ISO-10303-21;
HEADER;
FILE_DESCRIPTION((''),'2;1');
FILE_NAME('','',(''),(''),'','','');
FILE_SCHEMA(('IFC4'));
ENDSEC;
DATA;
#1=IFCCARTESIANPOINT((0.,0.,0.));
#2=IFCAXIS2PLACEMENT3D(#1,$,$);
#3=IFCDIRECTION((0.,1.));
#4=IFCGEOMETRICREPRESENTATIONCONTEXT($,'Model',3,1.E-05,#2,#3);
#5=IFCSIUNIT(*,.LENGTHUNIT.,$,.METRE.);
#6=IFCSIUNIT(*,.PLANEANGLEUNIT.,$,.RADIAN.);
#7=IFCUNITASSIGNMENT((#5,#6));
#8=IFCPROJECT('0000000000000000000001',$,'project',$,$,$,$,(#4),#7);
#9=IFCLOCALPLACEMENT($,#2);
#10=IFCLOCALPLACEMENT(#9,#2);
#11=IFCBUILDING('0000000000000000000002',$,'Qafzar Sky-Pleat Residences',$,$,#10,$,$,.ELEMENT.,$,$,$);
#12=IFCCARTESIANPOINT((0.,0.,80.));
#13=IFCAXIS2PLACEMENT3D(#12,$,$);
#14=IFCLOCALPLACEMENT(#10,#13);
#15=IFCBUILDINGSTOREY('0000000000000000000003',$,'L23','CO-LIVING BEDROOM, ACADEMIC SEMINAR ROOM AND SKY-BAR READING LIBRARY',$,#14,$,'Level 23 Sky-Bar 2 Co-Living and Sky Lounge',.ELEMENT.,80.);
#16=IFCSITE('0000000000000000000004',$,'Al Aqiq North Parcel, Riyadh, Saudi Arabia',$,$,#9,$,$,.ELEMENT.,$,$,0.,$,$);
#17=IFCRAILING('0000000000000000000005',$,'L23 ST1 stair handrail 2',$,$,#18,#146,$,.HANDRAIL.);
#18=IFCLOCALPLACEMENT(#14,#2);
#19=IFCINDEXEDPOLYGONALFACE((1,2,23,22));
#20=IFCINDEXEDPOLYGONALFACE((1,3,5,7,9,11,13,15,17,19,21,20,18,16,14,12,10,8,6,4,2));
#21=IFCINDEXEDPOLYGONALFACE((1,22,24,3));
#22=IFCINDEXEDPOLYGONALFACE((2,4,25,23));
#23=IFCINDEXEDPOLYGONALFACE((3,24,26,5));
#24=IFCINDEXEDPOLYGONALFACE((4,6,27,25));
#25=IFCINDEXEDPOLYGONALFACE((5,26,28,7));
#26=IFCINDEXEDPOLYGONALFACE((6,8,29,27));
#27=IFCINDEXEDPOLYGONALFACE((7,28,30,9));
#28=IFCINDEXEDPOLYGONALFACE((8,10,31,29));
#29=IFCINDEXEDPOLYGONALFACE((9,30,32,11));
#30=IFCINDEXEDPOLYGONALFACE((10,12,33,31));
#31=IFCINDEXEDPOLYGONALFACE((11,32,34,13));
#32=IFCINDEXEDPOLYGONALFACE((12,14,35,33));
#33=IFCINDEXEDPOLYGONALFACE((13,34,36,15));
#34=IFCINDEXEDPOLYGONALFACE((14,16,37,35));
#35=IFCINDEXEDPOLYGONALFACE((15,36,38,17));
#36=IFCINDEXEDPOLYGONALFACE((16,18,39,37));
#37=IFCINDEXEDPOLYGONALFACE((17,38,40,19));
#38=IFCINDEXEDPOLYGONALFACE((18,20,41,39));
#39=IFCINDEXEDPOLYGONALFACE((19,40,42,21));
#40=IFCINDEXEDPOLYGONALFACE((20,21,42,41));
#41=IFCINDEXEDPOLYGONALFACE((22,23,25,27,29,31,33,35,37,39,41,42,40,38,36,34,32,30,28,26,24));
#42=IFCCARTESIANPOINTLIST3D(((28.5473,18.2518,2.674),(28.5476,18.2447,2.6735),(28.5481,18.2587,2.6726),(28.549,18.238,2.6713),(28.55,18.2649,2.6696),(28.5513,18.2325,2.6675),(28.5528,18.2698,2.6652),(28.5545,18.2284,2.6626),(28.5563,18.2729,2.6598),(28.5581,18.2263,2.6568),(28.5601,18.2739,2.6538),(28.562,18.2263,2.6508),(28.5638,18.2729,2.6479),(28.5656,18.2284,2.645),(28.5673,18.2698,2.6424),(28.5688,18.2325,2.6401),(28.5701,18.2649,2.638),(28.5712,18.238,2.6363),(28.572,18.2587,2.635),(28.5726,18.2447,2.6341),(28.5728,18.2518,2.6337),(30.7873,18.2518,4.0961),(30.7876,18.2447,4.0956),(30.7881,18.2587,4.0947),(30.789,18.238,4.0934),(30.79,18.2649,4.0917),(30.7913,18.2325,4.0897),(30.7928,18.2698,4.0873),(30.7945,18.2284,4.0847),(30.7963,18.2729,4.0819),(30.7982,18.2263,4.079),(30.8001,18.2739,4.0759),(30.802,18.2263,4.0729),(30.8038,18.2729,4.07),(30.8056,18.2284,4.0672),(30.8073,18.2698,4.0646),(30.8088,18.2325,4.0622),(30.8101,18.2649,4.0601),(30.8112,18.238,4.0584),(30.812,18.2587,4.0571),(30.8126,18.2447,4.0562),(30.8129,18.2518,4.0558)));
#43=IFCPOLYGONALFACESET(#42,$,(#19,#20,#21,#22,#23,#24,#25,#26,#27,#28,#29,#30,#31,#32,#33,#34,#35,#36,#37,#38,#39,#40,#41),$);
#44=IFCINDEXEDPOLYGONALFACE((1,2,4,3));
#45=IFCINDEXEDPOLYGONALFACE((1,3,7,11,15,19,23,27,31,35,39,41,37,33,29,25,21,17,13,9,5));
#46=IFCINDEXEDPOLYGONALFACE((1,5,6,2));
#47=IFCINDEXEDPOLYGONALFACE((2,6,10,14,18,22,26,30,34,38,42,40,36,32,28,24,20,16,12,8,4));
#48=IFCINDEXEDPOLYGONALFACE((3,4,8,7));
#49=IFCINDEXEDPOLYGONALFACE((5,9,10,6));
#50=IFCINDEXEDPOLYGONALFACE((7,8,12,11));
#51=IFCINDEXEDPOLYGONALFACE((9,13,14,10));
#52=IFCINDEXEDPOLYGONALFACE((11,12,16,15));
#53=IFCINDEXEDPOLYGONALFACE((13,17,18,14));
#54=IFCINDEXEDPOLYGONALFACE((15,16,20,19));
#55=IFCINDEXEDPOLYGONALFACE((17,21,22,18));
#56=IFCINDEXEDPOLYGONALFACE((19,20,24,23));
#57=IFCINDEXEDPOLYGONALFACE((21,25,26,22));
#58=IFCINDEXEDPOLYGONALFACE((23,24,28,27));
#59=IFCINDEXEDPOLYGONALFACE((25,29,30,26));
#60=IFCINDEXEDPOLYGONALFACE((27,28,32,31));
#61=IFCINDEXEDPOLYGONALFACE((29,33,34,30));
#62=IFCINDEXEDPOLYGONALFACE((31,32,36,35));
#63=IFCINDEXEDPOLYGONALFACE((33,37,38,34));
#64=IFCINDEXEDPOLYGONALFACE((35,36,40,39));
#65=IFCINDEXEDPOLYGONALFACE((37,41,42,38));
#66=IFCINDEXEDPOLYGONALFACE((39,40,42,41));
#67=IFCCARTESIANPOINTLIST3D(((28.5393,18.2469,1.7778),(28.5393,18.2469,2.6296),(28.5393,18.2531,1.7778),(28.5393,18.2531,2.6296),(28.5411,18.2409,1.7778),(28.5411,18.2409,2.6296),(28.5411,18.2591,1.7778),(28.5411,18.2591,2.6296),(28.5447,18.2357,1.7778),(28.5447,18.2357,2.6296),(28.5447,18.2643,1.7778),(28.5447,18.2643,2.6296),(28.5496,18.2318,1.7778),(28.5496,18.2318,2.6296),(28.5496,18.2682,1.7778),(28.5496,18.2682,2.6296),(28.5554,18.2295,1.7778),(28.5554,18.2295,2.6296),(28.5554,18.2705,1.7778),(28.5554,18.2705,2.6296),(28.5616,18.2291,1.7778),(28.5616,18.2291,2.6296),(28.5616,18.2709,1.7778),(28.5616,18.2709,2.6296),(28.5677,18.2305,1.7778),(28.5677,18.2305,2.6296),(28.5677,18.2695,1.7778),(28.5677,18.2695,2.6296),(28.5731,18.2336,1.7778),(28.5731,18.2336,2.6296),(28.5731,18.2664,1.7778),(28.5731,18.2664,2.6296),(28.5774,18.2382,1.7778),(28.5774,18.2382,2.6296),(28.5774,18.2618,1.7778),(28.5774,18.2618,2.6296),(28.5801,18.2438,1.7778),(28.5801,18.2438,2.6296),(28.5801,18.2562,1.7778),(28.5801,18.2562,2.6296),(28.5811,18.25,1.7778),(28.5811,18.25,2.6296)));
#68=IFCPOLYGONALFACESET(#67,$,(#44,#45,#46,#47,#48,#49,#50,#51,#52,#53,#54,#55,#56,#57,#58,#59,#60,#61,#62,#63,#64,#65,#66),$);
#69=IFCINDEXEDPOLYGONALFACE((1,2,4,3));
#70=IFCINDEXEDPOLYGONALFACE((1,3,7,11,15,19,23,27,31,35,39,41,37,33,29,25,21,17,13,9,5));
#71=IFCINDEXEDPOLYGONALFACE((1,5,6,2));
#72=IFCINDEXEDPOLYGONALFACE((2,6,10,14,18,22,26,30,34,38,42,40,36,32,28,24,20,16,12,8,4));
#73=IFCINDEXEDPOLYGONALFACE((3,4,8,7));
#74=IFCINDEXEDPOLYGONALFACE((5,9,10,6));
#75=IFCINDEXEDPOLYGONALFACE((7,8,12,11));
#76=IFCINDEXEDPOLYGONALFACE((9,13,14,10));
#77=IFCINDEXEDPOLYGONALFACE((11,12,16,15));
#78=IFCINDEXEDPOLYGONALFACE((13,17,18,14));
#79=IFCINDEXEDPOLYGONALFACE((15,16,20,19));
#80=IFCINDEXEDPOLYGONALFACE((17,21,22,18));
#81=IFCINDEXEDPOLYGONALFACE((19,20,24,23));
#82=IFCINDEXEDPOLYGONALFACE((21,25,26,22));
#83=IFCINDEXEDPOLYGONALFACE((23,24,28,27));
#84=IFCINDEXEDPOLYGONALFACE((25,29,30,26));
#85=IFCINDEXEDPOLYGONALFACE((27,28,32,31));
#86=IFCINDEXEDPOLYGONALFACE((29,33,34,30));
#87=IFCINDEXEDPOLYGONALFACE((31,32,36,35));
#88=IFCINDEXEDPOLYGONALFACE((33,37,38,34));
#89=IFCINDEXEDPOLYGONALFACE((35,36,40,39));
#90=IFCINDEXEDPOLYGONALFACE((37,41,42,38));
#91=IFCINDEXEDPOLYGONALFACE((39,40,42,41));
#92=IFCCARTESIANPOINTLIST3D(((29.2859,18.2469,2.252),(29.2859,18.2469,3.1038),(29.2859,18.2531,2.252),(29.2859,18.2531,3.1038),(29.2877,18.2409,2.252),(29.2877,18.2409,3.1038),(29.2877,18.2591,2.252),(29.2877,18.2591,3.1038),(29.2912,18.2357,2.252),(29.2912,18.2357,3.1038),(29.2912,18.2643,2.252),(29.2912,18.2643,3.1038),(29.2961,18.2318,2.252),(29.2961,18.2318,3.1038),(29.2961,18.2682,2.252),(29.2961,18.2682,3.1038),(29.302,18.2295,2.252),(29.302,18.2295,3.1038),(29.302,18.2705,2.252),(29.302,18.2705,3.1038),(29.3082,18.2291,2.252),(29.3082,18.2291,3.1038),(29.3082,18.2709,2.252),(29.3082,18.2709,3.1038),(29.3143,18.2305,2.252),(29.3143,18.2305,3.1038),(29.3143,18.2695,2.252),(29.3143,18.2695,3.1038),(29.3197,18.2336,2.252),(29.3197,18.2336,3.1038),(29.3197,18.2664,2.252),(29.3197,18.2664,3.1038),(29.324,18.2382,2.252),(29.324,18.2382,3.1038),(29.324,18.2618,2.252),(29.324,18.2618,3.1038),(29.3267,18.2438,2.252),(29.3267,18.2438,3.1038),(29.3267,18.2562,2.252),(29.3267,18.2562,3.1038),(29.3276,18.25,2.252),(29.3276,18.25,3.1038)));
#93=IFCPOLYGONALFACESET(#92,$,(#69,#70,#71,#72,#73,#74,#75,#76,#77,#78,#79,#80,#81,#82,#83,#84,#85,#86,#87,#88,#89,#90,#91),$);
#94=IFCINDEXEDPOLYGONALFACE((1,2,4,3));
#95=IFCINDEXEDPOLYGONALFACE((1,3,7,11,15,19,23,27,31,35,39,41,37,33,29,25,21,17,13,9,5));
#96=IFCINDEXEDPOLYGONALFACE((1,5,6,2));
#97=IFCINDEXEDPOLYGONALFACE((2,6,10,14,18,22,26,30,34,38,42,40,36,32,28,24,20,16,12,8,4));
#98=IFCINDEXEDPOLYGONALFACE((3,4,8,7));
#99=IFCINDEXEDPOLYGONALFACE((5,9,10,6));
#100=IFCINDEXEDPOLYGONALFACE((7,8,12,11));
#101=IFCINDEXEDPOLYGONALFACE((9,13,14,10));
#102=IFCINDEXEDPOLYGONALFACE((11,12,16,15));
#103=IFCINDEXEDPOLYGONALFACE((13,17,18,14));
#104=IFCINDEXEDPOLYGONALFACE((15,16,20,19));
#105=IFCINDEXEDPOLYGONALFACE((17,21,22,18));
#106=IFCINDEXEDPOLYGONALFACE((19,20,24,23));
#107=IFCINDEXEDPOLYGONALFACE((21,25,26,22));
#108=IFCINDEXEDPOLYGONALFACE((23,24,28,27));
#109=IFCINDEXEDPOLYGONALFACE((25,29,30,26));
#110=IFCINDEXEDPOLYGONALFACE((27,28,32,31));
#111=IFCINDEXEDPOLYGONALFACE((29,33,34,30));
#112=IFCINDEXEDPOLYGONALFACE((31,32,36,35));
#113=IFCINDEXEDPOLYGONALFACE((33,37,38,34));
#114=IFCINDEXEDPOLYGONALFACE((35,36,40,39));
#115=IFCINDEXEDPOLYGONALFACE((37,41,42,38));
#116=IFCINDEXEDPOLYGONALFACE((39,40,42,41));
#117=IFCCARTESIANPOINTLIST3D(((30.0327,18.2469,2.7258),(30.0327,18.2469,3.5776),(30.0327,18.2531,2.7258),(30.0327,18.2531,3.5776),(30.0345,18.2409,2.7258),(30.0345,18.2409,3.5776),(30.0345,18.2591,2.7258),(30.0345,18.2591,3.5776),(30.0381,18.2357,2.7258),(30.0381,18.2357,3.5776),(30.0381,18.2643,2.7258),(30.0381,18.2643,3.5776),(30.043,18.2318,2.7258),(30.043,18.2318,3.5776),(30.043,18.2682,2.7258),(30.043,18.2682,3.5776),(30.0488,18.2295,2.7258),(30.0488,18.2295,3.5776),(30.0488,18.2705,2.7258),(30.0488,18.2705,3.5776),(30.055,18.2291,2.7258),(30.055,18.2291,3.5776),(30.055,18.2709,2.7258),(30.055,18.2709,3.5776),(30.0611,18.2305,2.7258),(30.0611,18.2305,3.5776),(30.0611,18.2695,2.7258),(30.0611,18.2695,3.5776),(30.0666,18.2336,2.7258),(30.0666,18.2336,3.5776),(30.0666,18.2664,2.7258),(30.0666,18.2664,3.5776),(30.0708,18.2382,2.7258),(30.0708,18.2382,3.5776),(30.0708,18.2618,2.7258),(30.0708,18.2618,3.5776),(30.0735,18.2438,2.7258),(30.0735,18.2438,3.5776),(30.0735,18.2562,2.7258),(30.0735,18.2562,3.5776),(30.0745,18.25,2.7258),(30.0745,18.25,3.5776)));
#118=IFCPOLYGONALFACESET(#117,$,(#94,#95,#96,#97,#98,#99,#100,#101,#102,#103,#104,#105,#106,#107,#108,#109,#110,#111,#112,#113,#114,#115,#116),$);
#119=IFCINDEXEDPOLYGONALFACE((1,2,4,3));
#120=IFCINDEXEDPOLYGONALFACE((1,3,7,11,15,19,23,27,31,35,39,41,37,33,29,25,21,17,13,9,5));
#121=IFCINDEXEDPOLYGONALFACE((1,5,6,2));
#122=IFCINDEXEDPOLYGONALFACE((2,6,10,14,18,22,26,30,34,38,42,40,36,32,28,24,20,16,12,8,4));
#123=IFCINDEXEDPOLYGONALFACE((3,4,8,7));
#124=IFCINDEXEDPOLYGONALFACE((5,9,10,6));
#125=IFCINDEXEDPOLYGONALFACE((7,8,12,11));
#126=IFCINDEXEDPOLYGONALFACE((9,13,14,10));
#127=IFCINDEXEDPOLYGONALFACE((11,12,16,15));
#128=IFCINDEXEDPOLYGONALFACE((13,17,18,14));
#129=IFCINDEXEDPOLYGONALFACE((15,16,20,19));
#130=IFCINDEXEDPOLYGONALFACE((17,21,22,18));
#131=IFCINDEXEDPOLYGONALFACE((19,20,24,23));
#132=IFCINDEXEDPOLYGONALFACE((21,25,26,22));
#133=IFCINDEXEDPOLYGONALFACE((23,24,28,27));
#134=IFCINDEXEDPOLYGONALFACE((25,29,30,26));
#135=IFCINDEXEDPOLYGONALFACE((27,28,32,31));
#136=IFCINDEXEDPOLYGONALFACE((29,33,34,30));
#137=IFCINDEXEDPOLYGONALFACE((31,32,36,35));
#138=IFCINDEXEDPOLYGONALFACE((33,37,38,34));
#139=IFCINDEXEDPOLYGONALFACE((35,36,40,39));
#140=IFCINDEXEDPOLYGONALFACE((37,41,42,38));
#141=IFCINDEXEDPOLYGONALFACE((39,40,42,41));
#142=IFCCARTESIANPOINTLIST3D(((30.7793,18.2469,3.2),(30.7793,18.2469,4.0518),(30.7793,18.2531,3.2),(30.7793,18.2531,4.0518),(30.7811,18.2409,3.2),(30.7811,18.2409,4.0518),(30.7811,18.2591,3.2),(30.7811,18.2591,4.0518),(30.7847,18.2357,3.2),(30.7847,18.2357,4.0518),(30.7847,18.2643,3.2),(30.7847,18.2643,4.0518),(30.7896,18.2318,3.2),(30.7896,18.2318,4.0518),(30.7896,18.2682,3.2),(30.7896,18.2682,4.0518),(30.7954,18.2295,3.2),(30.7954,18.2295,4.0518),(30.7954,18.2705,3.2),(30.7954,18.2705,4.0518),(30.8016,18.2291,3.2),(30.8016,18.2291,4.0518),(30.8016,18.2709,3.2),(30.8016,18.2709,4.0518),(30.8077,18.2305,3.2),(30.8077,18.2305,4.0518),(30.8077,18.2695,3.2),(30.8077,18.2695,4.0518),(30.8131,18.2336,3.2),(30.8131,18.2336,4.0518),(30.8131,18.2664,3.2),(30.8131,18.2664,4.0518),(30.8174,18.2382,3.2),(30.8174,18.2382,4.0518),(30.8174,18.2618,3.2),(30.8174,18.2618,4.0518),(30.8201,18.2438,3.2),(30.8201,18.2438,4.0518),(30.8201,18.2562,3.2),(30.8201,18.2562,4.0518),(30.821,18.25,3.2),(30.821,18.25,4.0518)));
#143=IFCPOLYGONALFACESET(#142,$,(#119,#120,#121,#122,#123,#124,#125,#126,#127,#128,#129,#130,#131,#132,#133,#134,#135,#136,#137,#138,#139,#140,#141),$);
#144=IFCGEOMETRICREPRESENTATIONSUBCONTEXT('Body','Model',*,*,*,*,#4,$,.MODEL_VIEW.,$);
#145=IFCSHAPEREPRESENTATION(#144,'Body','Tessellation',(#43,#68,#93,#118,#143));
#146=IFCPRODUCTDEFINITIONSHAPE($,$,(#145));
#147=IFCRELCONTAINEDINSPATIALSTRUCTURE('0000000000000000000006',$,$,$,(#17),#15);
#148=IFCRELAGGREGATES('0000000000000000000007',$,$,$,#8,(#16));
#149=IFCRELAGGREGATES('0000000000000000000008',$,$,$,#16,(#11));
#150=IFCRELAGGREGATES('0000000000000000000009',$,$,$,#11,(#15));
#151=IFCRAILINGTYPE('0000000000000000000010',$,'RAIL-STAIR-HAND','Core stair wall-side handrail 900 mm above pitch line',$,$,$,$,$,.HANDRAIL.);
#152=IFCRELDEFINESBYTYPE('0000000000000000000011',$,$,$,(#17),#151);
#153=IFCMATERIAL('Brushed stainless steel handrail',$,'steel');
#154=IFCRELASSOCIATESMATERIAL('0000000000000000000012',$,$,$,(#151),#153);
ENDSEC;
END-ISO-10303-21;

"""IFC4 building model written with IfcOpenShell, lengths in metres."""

from ifc_helpers import new_model, si_unit, direction, frame, origin, origin_2d, place, context, subcontext, project, spatial, circle, extrude, source, transform, mapped, material, type_object, element, save


model = new_model("IFC4")

# Units and contexts
model_context = context("Model", 3, precision=1e-05, world=origin(), true_north=direction((0.0, 1.0)))
body_context = subcontext(model_context, "Body", "Model", "MODEL_VIEW")
ifc_project = project(units=[si_unit("LENGTHUNIT", "METRE"), si_unit("PLANEANGLEUNIT", "RADIAN")], contexts=[model_context])

# Site, building, storey
site_placement = place(None, origin())
site = spatial("IfcSite", under=ifc_project, at=site_placement, Name="Al Aqiq North Parcel, Riyadh, Saudi Arabia", CompositionType="ELEMENT", RefElevation=0.0)
building_placement = place(site_placement, origin())
building = spatial("IfcBuilding", under=site, at=building_placement, Name="Qafzar Sky-Pleat Residences", CompositionType="ELEMENT")
storey_placement = place(building_placement, frame((0.0, 0.0, 80.0)))
storey = spatial("IfcBuildingStorey", under=building, at=storey_placement, Name="L23", Description="CO-LIVING BEDROOM, ACADEMIC SEMINAR ROOM AND SKY-BAR READING LIBRARY", LongName="Level 23 Sky-Bar 2 Co-Living and Sky Lounge", CompositionType="ELEMENT", Elevation=80.0)

# Railing
ifc_material_1 = material(Name="Brushed stainless steel handrail", Category="steel")
railing_type_1 = type_object("IfcRailingType", Name="RAIL-STAIR-HAND", Description="Core stair wall-side handrail 900 mm above pitch line", PredefinedType="HANDRAIL", material=ifc_material_1)
shared_shape_1 = source(origin(), body_context, "Body", "SweptSolid", [
    extrude(circle(Radius=0.0239, at=origin_2d()), frame((0.0, 0.0, 0.876), z_axis=(0.844229, 0.0, 0.535982), x_axis=(0.0, 1.0, 0.0)), (0.0, 0.0, 1.0), 2.6533),
    extrude(circle(Radius=0.021, at=origin_2d()), origin(), (0.0, 0.0, 1.0), 0.8518),
    extrude(circle(Radius=0.021, at=origin_2d()), frame((0.7466, 0.0, 0.4741)), (0.0, 0.0, 1.0), 0.8518),
    extrude(circle(Radius=0.021, at=origin_2d()), frame((1.4934, 0.0, 0.948)), (0.0, 0.0, 1.0), 0.8518),
    extrude(circle(Radius=0.021, at=origin_2d()), frame((2.24, 0.0, 1.4221)), (0.0, 0.0, 1.0), 0.8518),
])
railing_1_placement = place(storey_placement, frame((28.5601, 18.25, 1.7778)))
element("IfcRailing", 1, at=railing_1_placement, inside=storey, type_object=railing_type_1, Name="L23 ST1 stair handrail 2", PredefinedType="HANDRAIL", context=body_context, shape_type="MappedRepresentation", body=[
    mapped(shared_shape_1, transform((0.0, 0.0, 0.0), x_axis=(1.0, 0.0, 0.0), y_axis=(0.0, 1.0, 0.0), z_axis=(0.0, 0.0, 1.0), scale=1.0)),
])

save(model, "model.ifc")
